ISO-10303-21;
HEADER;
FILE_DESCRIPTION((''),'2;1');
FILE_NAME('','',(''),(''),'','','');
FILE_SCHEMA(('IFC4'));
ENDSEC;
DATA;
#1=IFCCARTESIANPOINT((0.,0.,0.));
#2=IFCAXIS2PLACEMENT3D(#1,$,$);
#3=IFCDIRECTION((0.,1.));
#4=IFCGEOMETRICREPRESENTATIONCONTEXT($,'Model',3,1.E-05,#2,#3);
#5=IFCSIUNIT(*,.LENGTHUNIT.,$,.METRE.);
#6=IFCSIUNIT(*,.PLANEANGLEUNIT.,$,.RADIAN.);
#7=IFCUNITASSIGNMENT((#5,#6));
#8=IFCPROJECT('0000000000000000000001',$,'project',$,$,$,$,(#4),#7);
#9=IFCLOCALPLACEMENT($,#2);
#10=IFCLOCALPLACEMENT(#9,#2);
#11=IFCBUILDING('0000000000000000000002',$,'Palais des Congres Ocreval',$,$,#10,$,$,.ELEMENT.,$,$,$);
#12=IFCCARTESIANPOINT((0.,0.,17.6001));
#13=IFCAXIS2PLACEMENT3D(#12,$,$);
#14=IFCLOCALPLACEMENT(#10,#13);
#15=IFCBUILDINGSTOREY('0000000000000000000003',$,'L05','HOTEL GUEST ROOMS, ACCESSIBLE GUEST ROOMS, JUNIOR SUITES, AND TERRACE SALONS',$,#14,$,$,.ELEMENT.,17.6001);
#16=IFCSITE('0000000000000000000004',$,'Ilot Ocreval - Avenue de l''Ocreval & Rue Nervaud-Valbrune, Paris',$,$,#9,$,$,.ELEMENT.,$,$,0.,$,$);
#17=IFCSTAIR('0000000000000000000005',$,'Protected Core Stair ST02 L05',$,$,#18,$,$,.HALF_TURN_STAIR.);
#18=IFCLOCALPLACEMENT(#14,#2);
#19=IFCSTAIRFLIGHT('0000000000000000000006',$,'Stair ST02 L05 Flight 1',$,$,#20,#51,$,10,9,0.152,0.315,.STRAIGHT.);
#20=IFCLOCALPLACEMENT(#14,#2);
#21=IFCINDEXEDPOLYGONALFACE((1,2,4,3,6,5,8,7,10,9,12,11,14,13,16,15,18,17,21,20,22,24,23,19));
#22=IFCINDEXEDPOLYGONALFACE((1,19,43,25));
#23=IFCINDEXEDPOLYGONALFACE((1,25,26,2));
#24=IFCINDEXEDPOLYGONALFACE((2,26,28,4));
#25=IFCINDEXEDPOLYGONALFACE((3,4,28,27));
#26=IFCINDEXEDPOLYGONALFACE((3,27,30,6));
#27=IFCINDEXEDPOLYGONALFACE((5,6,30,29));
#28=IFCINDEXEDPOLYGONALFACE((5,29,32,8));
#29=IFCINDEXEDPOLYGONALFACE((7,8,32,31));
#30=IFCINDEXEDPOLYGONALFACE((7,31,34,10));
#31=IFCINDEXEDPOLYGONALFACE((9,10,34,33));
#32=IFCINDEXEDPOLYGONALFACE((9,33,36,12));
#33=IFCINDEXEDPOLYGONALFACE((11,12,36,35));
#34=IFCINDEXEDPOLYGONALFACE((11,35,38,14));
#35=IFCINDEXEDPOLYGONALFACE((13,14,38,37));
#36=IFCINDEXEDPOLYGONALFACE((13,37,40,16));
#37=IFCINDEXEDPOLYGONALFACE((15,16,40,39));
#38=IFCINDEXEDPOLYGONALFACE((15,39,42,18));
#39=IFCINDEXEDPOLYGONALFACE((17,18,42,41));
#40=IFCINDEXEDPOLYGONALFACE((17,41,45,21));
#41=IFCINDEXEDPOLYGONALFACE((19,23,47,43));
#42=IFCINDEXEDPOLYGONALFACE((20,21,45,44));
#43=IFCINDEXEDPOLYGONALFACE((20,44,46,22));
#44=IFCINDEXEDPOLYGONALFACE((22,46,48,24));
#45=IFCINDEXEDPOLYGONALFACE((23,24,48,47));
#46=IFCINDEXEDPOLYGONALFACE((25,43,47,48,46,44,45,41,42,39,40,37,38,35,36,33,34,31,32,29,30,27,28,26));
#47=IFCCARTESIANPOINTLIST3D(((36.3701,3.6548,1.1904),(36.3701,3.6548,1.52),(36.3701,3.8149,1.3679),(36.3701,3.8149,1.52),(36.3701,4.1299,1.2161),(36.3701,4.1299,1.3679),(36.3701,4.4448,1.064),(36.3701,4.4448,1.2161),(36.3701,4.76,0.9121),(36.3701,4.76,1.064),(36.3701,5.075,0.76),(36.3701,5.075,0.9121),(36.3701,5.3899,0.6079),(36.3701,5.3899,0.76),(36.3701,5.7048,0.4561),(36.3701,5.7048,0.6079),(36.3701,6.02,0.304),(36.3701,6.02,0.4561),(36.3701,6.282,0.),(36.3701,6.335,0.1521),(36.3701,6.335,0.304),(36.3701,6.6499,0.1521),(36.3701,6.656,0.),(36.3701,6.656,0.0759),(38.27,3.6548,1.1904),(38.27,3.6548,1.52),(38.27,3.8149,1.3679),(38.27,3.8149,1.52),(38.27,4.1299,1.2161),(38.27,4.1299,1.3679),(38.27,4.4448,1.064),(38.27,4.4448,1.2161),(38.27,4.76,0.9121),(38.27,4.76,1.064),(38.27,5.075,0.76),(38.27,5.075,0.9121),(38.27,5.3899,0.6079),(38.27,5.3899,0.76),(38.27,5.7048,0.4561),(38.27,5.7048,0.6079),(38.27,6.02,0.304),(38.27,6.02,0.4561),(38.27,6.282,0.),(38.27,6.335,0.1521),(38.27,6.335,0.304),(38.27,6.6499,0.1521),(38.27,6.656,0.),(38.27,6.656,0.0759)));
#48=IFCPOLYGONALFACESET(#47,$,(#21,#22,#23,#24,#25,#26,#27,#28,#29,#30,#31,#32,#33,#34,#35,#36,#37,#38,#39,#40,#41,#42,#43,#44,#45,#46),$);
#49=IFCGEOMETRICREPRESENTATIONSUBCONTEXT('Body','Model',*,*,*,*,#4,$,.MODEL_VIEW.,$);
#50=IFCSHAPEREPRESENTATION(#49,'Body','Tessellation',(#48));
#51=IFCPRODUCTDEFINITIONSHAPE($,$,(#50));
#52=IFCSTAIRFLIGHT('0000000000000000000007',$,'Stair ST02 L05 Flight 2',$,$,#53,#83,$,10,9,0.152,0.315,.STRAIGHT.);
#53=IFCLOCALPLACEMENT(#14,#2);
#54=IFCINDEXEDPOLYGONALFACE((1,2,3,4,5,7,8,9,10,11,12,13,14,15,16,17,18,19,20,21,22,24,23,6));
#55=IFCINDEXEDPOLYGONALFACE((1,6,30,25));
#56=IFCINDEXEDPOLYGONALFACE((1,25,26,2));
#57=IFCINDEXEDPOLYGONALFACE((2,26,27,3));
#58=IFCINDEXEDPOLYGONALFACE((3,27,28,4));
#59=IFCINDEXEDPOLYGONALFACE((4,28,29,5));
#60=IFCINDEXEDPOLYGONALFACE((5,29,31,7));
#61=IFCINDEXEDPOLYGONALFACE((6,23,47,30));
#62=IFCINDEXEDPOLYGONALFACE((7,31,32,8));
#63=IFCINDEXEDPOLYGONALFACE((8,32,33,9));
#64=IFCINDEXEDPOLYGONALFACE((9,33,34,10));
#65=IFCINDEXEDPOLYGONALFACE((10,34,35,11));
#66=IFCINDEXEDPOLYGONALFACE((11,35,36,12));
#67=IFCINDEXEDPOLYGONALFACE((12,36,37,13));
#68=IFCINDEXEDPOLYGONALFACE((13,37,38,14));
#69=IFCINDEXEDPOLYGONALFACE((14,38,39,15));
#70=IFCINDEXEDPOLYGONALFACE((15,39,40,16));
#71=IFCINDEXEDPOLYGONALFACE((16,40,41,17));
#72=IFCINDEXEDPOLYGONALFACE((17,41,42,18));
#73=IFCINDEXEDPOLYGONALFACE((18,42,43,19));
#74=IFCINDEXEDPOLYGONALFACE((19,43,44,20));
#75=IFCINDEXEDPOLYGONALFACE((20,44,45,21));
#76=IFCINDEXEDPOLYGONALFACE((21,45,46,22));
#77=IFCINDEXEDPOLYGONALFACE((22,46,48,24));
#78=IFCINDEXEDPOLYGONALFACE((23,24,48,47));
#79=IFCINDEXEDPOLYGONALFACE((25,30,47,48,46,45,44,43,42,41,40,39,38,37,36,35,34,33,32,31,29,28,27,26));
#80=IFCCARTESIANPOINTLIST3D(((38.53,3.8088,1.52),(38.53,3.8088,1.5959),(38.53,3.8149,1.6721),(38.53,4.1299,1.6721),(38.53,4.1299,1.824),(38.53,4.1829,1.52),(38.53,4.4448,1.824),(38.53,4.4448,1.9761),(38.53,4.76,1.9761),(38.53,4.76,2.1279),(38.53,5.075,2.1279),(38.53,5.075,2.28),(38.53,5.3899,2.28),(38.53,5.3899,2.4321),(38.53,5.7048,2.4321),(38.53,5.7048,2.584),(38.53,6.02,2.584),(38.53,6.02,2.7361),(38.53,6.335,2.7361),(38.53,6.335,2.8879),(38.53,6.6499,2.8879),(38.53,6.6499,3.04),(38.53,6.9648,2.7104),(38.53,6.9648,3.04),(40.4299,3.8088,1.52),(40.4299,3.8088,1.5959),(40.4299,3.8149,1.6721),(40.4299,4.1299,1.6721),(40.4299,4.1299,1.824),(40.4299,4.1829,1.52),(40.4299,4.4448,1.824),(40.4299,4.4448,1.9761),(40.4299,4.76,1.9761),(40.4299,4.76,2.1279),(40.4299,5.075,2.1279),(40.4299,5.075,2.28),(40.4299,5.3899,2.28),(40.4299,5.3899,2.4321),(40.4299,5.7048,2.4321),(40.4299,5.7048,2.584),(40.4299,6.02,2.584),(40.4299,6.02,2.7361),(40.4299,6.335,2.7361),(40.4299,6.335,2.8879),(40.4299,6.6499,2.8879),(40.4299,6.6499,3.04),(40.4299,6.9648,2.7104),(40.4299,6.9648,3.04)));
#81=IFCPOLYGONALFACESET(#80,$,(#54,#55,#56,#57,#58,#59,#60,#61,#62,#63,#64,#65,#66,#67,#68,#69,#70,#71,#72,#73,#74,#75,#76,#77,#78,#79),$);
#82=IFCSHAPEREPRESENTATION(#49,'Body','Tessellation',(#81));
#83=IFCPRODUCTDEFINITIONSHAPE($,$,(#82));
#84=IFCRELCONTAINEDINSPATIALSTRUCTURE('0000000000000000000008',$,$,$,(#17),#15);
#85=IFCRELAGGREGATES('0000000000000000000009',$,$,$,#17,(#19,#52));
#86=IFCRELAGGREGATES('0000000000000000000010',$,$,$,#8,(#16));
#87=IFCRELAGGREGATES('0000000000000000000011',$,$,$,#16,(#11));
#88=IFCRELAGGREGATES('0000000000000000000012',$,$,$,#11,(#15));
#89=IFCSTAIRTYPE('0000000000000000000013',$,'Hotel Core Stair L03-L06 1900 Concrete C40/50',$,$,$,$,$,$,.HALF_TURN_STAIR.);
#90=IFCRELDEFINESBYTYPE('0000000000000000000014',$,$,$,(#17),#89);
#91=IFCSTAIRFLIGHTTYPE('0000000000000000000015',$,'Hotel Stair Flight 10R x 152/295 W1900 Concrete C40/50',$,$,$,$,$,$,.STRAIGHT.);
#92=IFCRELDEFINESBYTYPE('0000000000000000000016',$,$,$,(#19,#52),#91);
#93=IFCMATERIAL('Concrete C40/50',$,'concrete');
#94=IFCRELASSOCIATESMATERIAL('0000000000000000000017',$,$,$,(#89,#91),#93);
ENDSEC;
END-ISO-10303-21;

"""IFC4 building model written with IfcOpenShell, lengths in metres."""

from ifc_helpers import new_model, si_unit, direction, frame, origin, place, context, subcontext, project, spatial, polyline, outline, extrude, material, type_object, element, aggregate, save


model = new_model("IFC4")

# Units and contexts
model_context = context("Model", 3, precision=1e-05, world=origin(), true_north=direction((0.0, 1.0)))
body_context = subcontext(model_context, "Body", "Model", "MODEL_VIEW")
ifc_project = project(units=[si_unit("LENGTHUNIT", "METRE"), si_unit("PLANEANGLEUNIT", "RADIAN")], contexts=[model_context])

# Site, building, storey
site_placement = place(None, origin())
site = spatial("IfcSite", under=ifc_project, at=site_placement, Name="Ilot Ocreval - Avenue de l'Ocreval & Rue Nervaud-Valbrune, Paris", CompositionType="ELEMENT", RefElevation=0.0)
building_placement = place(site_placement, origin())
building = spatial("IfcBuilding", under=site, at=building_placement, Name="Palais des Congres Ocreval", CompositionType="ELEMENT")
storey_placement = place(building_placement, frame((0.0, 0.0, 17.6001)))
storey = spatial("IfcBuildingStorey", under=building, at=storey_placement, Name="L05", Description="HOTEL GUEST ROOMS, ACCESSIBLE GUEST ROOMS, JUNIOR SUITES, AND TERRACE SALONS", CompositionType="ELEMENT", Elevation=17.6001)

# Shared definitions
ifc_material_1 = material(Name="Concrete C40/50", Category="concrete")

# Stair, stair flights
stair_type = type_object("IfcStairType", Name="Hotel Core Stair L03-L06 1900 Concrete C40/50", PredefinedType="HALF_TURN_STAIR", material=ifc_material_1)
stair_placement = place(storey_placement, origin())
stair = element("IfcStair", 1, at=stair_placement, inside=storey, type_object=stair_type, Name="Protected Core Stair ST02 L05", PredefinedType="HALF_TURN_STAIR")
stair_flight_type = type_object("IfcStairFlightType", Name="Hotel Stair Flight 10R x 152/295 W1900 Concrete C40/50", PredefinedType="STRAIGHT", material=ifc_material_1)
stair_flight_1_placement = place(storey_placement, frame((37.3201, 6.6499, 0.0), z_axis=(0.0, 0.0, 1.0), x_axis=(0.0, -1.0, 0.0)))
stair_flight_1 = element("IfcStairFlight", 2, at=stair_flight_1_placement, type_object=stair_flight_type, Name="Stair ST02 L05 Flight 1", NumberOfRisers=10, NumberOfTreads=9, PredefinedType="STRAIGHT", RiserHeight=0.152, TreadLength=0.315, context=body_context, shape_type="SweptSolid", body=[
    extrude(outline(polyline([(-0.0061, 0.0), (-0.0061, 0.0759), (0.0, 0.1521), (0.3149, 0.1521), (0.3149, 0.304), (0.6299, 0.304), (0.6299, 0.4561), (0.9451, 0.4561), (0.9451, 0.6079), (1.26, 0.6079), (1.26, 0.76), (1.575, 0.76), (1.575, 0.9121), (1.8899, 0.9121), (1.8899, 1.064), (2.2051, 1.064), (2.2051, 1.2161), (2.52, 1.2161), (2.52, 1.3679), (2.835, 1.3679), (2.835, 1.52), (2.9951, 1.52), (2.9951, 1.1904), (0.3679, 0.0), (-0.0061, 0.0)])), frame((0.0, 0.95, 0.0), z_axis=(0.0, -1.0, 0.0), x_axis=(1.0, 0.0, 0.0)), (0.0, 0.0, 1.0), 1.8999),
])
stair_flight_2_placement = place(storey_placement, frame((39.48, 3.8149, 1.52), z_axis=(0.0, 0.0, 1.0), x_axis=(0.0, 1.0, 0.0)))
stair_flight_2 = element("IfcStairFlight", 3, at=stair_flight_2_placement, type_object=stair_flight_type, Name="Stair ST02 L05 Flight 2", NumberOfRisers=10, NumberOfTreads=9, PredefinedType="STRAIGHT", RiserHeight=0.152, TreadLength=0.315, context=body_context, shape_type="SweptSolid", body=[
    extrude(outline(polyline([(-0.0061, 0.0), (-0.0061, 0.0759), (0.0, 0.1521), (0.3149, 0.1521), (0.3149, 0.304), (0.6299, 0.304), (0.6299, 0.4561), (0.9451, 0.4561), (0.9451, 0.6079), (1.26, 0.6079), (1.26, 0.76), (1.575, 0.76), (1.575, 0.9121), (1.8899, 0.9121), (1.8899, 1.064), (2.2051, 1.064), (2.2051, 1.2161), (2.52, 1.2161), (2.52, 1.3679), (2.835, 1.3679), (2.835, 1.52), (3.1499, 1.52), (3.1499, 1.1904), (0.3679, 0.0), (-0.0061, 0.0)])), frame((0.0, 0.95, 0.0), z_axis=(0.0, -1.0, 0.0), x_axis=(1.0, 0.0, 0.0)), (0.0, 0.0, 1.0), 1.8999),
])
aggregate(stair, [stair_flight_1, stair_flight_2])

save(model, "model.ifc")
